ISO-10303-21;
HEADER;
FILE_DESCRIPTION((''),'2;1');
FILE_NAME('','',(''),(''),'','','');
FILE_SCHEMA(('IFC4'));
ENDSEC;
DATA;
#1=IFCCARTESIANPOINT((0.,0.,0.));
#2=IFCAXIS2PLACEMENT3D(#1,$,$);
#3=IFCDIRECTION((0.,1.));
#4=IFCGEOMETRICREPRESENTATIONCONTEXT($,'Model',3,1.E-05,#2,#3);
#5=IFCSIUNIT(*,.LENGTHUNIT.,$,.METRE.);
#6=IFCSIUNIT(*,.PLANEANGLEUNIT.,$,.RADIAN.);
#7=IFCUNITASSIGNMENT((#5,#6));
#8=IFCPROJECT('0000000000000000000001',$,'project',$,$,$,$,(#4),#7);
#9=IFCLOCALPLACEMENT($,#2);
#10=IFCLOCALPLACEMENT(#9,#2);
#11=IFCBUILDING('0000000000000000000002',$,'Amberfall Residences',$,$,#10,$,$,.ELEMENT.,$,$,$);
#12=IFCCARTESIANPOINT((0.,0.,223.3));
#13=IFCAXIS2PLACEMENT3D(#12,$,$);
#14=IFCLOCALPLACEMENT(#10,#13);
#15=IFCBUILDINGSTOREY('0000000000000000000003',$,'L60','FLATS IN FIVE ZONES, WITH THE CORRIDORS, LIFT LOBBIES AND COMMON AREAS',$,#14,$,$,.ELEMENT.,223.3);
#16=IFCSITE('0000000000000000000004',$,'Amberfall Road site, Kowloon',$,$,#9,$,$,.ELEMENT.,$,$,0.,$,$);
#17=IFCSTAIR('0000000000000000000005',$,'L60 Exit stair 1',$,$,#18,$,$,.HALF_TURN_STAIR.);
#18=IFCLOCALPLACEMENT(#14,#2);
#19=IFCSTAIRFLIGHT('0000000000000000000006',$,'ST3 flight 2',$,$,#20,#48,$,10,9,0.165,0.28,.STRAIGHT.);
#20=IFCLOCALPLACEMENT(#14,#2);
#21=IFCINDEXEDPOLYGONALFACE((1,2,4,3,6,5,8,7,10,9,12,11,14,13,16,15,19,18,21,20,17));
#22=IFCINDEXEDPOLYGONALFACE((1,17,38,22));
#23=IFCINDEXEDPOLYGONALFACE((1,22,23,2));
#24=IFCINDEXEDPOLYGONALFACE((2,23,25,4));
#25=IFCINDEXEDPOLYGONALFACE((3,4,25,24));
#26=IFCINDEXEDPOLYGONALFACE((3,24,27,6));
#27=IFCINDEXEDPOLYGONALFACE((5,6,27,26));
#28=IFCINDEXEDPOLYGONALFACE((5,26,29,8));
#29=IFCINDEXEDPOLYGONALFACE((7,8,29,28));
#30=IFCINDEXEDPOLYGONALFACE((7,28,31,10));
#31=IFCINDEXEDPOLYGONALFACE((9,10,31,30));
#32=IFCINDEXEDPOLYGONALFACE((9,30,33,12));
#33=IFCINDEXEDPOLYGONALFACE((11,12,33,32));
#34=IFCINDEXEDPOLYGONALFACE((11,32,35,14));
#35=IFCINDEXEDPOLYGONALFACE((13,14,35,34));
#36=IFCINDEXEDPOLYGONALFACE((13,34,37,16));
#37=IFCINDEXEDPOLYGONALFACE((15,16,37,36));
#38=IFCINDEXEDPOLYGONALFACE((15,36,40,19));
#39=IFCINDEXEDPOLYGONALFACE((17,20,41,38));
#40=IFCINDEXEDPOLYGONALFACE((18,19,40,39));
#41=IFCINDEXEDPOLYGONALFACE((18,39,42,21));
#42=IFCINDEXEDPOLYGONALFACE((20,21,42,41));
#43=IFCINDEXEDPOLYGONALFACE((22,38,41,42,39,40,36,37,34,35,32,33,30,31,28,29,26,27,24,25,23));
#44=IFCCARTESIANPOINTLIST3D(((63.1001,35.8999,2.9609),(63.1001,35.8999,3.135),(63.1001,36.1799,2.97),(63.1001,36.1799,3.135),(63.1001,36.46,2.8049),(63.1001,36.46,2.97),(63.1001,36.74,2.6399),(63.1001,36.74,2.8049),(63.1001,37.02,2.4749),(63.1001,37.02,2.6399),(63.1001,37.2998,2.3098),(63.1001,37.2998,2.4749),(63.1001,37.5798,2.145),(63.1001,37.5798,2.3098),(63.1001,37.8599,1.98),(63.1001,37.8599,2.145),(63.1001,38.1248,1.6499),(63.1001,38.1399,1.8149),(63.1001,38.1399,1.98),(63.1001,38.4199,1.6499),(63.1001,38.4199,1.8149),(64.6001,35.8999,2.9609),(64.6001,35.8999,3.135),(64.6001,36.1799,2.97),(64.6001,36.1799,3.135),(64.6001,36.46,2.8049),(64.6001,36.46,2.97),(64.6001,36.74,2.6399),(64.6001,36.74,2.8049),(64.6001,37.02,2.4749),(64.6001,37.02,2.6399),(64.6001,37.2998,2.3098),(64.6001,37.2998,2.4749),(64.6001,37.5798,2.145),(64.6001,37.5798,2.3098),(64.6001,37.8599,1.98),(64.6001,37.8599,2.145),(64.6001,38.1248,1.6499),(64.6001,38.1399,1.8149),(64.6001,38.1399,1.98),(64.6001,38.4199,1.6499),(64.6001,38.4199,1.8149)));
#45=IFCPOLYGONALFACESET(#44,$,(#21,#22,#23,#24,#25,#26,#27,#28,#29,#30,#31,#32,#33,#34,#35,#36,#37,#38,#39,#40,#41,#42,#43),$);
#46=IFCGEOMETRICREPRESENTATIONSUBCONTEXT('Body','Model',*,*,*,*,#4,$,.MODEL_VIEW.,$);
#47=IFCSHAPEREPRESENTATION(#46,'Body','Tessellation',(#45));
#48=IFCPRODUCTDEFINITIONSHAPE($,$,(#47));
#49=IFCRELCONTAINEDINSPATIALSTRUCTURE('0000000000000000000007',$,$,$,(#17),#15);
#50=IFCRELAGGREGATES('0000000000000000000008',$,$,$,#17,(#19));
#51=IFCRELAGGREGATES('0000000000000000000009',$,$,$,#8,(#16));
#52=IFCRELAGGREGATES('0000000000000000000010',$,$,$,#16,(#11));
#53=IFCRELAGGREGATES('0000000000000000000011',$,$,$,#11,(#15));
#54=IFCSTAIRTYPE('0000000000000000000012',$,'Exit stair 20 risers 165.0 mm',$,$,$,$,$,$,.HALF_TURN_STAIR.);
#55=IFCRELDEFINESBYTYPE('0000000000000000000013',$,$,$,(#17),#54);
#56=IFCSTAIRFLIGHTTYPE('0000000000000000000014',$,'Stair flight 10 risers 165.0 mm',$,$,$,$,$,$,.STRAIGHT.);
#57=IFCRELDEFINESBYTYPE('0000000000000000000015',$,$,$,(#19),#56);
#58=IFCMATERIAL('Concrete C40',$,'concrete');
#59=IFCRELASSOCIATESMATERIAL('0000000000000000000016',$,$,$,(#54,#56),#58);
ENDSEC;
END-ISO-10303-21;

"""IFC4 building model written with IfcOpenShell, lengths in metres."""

from ifc_helpers import new_model, si_unit, direction, frame, origin, place, context, subcontext, project, spatial, polyline, outline, extrude, material, type_object, element, aggregate, save


model = new_model("IFC4")

# Units and contexts
model_context = context("Model", 3, precision=1e-05, world=origin(), true_north=direction((0.0, 1.0)))
body_context = subcontext(model_context, "Body", "Model", "MODEL_VIEW")
ifc_project = project(units=[si_unit("LENGTHUNIT", "METRE"), si_unit("PLANEANGLEUNIT", "RADIAN")], contexts=[model_context])

# Site, building, storey
site_placement = place(None, origin())
site = spatial("IfcSite", under=ifc_project, at=site_placement, Name="Amberfall Road site, Kowloon", CompositionType="ELEMENT", RefElevation=0.0)
building_placement = place(site_placement, origin())
building = spatial("IfcBuilding", under=site, at=building_placement, Name="Amberfall Residences", CompositionType="ELEMENT")
storey_placement = place(building_placement, frame((0.0, 0.0, 223.3)))
storey = spatial("IfcBuildingStorey", under=building, at=storey_placement, Name="L60", Description="FLATS IN FIVE ZONES, WITH THE CORRIDORS, LIFT LOBBIES AND COMMON AREAS", CompositionType="ELEMENT", Elevation=223.3)

# Stair, stair flight
ifc_material_1 = material(Name="Concrete C40", Category="concrete")
stair_type = type_object("IfcStairType", Name="Exit stair 20 risers 165.0 mm", PredefinedType="HALF_TURN_STAIR", material=ifc_material_1)
stair_placement = place(storey_placement, origin())
stair = element("IfcStair", 1, at=stair_placement, inside=storey, type_object=stair_type, Name="L60 Exit stair 1", PredefinedType="HALF_TURN_STAIR")
stair_flight_type = type_object("IfcStairFlightType", Name="Stair flight 10 risers 165.0 mm", PredefinedType="STRAIGHT", material=ifc_material_1)
stair_flight_placement = place(storey_placement, frame((63.8501, 38.4199, 1.6499), z_axis=(0.0, 0.0, 1.0), x_axis=(0.0, -1.0, 0.0)))
stair_flight = element("IfcStairFlight", 2, at=stair_flight_placement, type_object=stair_flight_type, Name="ST3 flight 2", NumberOfRisers=10, NumberOfTreads=9, PredefinedType="STRAIGHT", RiserHeight=0.165, TreadLength=0.28, context=body_context, shape_type="SweptSolid", body=[
    extrude(outline(polyline([(0.0, 0.0), (0.0, 0.165), (0.28, 0.165), (0.28, 0.3301), (0.5601, 0.3301), (0.5601, 0.4951), (0.8401, 0.4951), (0.8401, 0.6599), (1.1201, 0.6599), (1.1201, 0.825), (1.3999, 0.825), (1.3999, 0.99), (1.6799, 0.99), (1.6799, 1.155), (1.96, 1.155), (1.96, 1.3201), (2.24, 1.3201), (2.24, 1.4851), (2.52, 1.4851), (2.52, 1.6499), (2.52, 1.311), (0.2952, 0.0), (0.0, 0.0)])), frame((0.0, 0.75, 0.0), z_axis=(0.0, -1.0, 0.0), x_axis=(1.0, 0.0, 0.0)), (0.0, 0.0, 1.0), 1.5),
])
aggregate(stair, [stair_flight])

save(model, "model.ifc")
